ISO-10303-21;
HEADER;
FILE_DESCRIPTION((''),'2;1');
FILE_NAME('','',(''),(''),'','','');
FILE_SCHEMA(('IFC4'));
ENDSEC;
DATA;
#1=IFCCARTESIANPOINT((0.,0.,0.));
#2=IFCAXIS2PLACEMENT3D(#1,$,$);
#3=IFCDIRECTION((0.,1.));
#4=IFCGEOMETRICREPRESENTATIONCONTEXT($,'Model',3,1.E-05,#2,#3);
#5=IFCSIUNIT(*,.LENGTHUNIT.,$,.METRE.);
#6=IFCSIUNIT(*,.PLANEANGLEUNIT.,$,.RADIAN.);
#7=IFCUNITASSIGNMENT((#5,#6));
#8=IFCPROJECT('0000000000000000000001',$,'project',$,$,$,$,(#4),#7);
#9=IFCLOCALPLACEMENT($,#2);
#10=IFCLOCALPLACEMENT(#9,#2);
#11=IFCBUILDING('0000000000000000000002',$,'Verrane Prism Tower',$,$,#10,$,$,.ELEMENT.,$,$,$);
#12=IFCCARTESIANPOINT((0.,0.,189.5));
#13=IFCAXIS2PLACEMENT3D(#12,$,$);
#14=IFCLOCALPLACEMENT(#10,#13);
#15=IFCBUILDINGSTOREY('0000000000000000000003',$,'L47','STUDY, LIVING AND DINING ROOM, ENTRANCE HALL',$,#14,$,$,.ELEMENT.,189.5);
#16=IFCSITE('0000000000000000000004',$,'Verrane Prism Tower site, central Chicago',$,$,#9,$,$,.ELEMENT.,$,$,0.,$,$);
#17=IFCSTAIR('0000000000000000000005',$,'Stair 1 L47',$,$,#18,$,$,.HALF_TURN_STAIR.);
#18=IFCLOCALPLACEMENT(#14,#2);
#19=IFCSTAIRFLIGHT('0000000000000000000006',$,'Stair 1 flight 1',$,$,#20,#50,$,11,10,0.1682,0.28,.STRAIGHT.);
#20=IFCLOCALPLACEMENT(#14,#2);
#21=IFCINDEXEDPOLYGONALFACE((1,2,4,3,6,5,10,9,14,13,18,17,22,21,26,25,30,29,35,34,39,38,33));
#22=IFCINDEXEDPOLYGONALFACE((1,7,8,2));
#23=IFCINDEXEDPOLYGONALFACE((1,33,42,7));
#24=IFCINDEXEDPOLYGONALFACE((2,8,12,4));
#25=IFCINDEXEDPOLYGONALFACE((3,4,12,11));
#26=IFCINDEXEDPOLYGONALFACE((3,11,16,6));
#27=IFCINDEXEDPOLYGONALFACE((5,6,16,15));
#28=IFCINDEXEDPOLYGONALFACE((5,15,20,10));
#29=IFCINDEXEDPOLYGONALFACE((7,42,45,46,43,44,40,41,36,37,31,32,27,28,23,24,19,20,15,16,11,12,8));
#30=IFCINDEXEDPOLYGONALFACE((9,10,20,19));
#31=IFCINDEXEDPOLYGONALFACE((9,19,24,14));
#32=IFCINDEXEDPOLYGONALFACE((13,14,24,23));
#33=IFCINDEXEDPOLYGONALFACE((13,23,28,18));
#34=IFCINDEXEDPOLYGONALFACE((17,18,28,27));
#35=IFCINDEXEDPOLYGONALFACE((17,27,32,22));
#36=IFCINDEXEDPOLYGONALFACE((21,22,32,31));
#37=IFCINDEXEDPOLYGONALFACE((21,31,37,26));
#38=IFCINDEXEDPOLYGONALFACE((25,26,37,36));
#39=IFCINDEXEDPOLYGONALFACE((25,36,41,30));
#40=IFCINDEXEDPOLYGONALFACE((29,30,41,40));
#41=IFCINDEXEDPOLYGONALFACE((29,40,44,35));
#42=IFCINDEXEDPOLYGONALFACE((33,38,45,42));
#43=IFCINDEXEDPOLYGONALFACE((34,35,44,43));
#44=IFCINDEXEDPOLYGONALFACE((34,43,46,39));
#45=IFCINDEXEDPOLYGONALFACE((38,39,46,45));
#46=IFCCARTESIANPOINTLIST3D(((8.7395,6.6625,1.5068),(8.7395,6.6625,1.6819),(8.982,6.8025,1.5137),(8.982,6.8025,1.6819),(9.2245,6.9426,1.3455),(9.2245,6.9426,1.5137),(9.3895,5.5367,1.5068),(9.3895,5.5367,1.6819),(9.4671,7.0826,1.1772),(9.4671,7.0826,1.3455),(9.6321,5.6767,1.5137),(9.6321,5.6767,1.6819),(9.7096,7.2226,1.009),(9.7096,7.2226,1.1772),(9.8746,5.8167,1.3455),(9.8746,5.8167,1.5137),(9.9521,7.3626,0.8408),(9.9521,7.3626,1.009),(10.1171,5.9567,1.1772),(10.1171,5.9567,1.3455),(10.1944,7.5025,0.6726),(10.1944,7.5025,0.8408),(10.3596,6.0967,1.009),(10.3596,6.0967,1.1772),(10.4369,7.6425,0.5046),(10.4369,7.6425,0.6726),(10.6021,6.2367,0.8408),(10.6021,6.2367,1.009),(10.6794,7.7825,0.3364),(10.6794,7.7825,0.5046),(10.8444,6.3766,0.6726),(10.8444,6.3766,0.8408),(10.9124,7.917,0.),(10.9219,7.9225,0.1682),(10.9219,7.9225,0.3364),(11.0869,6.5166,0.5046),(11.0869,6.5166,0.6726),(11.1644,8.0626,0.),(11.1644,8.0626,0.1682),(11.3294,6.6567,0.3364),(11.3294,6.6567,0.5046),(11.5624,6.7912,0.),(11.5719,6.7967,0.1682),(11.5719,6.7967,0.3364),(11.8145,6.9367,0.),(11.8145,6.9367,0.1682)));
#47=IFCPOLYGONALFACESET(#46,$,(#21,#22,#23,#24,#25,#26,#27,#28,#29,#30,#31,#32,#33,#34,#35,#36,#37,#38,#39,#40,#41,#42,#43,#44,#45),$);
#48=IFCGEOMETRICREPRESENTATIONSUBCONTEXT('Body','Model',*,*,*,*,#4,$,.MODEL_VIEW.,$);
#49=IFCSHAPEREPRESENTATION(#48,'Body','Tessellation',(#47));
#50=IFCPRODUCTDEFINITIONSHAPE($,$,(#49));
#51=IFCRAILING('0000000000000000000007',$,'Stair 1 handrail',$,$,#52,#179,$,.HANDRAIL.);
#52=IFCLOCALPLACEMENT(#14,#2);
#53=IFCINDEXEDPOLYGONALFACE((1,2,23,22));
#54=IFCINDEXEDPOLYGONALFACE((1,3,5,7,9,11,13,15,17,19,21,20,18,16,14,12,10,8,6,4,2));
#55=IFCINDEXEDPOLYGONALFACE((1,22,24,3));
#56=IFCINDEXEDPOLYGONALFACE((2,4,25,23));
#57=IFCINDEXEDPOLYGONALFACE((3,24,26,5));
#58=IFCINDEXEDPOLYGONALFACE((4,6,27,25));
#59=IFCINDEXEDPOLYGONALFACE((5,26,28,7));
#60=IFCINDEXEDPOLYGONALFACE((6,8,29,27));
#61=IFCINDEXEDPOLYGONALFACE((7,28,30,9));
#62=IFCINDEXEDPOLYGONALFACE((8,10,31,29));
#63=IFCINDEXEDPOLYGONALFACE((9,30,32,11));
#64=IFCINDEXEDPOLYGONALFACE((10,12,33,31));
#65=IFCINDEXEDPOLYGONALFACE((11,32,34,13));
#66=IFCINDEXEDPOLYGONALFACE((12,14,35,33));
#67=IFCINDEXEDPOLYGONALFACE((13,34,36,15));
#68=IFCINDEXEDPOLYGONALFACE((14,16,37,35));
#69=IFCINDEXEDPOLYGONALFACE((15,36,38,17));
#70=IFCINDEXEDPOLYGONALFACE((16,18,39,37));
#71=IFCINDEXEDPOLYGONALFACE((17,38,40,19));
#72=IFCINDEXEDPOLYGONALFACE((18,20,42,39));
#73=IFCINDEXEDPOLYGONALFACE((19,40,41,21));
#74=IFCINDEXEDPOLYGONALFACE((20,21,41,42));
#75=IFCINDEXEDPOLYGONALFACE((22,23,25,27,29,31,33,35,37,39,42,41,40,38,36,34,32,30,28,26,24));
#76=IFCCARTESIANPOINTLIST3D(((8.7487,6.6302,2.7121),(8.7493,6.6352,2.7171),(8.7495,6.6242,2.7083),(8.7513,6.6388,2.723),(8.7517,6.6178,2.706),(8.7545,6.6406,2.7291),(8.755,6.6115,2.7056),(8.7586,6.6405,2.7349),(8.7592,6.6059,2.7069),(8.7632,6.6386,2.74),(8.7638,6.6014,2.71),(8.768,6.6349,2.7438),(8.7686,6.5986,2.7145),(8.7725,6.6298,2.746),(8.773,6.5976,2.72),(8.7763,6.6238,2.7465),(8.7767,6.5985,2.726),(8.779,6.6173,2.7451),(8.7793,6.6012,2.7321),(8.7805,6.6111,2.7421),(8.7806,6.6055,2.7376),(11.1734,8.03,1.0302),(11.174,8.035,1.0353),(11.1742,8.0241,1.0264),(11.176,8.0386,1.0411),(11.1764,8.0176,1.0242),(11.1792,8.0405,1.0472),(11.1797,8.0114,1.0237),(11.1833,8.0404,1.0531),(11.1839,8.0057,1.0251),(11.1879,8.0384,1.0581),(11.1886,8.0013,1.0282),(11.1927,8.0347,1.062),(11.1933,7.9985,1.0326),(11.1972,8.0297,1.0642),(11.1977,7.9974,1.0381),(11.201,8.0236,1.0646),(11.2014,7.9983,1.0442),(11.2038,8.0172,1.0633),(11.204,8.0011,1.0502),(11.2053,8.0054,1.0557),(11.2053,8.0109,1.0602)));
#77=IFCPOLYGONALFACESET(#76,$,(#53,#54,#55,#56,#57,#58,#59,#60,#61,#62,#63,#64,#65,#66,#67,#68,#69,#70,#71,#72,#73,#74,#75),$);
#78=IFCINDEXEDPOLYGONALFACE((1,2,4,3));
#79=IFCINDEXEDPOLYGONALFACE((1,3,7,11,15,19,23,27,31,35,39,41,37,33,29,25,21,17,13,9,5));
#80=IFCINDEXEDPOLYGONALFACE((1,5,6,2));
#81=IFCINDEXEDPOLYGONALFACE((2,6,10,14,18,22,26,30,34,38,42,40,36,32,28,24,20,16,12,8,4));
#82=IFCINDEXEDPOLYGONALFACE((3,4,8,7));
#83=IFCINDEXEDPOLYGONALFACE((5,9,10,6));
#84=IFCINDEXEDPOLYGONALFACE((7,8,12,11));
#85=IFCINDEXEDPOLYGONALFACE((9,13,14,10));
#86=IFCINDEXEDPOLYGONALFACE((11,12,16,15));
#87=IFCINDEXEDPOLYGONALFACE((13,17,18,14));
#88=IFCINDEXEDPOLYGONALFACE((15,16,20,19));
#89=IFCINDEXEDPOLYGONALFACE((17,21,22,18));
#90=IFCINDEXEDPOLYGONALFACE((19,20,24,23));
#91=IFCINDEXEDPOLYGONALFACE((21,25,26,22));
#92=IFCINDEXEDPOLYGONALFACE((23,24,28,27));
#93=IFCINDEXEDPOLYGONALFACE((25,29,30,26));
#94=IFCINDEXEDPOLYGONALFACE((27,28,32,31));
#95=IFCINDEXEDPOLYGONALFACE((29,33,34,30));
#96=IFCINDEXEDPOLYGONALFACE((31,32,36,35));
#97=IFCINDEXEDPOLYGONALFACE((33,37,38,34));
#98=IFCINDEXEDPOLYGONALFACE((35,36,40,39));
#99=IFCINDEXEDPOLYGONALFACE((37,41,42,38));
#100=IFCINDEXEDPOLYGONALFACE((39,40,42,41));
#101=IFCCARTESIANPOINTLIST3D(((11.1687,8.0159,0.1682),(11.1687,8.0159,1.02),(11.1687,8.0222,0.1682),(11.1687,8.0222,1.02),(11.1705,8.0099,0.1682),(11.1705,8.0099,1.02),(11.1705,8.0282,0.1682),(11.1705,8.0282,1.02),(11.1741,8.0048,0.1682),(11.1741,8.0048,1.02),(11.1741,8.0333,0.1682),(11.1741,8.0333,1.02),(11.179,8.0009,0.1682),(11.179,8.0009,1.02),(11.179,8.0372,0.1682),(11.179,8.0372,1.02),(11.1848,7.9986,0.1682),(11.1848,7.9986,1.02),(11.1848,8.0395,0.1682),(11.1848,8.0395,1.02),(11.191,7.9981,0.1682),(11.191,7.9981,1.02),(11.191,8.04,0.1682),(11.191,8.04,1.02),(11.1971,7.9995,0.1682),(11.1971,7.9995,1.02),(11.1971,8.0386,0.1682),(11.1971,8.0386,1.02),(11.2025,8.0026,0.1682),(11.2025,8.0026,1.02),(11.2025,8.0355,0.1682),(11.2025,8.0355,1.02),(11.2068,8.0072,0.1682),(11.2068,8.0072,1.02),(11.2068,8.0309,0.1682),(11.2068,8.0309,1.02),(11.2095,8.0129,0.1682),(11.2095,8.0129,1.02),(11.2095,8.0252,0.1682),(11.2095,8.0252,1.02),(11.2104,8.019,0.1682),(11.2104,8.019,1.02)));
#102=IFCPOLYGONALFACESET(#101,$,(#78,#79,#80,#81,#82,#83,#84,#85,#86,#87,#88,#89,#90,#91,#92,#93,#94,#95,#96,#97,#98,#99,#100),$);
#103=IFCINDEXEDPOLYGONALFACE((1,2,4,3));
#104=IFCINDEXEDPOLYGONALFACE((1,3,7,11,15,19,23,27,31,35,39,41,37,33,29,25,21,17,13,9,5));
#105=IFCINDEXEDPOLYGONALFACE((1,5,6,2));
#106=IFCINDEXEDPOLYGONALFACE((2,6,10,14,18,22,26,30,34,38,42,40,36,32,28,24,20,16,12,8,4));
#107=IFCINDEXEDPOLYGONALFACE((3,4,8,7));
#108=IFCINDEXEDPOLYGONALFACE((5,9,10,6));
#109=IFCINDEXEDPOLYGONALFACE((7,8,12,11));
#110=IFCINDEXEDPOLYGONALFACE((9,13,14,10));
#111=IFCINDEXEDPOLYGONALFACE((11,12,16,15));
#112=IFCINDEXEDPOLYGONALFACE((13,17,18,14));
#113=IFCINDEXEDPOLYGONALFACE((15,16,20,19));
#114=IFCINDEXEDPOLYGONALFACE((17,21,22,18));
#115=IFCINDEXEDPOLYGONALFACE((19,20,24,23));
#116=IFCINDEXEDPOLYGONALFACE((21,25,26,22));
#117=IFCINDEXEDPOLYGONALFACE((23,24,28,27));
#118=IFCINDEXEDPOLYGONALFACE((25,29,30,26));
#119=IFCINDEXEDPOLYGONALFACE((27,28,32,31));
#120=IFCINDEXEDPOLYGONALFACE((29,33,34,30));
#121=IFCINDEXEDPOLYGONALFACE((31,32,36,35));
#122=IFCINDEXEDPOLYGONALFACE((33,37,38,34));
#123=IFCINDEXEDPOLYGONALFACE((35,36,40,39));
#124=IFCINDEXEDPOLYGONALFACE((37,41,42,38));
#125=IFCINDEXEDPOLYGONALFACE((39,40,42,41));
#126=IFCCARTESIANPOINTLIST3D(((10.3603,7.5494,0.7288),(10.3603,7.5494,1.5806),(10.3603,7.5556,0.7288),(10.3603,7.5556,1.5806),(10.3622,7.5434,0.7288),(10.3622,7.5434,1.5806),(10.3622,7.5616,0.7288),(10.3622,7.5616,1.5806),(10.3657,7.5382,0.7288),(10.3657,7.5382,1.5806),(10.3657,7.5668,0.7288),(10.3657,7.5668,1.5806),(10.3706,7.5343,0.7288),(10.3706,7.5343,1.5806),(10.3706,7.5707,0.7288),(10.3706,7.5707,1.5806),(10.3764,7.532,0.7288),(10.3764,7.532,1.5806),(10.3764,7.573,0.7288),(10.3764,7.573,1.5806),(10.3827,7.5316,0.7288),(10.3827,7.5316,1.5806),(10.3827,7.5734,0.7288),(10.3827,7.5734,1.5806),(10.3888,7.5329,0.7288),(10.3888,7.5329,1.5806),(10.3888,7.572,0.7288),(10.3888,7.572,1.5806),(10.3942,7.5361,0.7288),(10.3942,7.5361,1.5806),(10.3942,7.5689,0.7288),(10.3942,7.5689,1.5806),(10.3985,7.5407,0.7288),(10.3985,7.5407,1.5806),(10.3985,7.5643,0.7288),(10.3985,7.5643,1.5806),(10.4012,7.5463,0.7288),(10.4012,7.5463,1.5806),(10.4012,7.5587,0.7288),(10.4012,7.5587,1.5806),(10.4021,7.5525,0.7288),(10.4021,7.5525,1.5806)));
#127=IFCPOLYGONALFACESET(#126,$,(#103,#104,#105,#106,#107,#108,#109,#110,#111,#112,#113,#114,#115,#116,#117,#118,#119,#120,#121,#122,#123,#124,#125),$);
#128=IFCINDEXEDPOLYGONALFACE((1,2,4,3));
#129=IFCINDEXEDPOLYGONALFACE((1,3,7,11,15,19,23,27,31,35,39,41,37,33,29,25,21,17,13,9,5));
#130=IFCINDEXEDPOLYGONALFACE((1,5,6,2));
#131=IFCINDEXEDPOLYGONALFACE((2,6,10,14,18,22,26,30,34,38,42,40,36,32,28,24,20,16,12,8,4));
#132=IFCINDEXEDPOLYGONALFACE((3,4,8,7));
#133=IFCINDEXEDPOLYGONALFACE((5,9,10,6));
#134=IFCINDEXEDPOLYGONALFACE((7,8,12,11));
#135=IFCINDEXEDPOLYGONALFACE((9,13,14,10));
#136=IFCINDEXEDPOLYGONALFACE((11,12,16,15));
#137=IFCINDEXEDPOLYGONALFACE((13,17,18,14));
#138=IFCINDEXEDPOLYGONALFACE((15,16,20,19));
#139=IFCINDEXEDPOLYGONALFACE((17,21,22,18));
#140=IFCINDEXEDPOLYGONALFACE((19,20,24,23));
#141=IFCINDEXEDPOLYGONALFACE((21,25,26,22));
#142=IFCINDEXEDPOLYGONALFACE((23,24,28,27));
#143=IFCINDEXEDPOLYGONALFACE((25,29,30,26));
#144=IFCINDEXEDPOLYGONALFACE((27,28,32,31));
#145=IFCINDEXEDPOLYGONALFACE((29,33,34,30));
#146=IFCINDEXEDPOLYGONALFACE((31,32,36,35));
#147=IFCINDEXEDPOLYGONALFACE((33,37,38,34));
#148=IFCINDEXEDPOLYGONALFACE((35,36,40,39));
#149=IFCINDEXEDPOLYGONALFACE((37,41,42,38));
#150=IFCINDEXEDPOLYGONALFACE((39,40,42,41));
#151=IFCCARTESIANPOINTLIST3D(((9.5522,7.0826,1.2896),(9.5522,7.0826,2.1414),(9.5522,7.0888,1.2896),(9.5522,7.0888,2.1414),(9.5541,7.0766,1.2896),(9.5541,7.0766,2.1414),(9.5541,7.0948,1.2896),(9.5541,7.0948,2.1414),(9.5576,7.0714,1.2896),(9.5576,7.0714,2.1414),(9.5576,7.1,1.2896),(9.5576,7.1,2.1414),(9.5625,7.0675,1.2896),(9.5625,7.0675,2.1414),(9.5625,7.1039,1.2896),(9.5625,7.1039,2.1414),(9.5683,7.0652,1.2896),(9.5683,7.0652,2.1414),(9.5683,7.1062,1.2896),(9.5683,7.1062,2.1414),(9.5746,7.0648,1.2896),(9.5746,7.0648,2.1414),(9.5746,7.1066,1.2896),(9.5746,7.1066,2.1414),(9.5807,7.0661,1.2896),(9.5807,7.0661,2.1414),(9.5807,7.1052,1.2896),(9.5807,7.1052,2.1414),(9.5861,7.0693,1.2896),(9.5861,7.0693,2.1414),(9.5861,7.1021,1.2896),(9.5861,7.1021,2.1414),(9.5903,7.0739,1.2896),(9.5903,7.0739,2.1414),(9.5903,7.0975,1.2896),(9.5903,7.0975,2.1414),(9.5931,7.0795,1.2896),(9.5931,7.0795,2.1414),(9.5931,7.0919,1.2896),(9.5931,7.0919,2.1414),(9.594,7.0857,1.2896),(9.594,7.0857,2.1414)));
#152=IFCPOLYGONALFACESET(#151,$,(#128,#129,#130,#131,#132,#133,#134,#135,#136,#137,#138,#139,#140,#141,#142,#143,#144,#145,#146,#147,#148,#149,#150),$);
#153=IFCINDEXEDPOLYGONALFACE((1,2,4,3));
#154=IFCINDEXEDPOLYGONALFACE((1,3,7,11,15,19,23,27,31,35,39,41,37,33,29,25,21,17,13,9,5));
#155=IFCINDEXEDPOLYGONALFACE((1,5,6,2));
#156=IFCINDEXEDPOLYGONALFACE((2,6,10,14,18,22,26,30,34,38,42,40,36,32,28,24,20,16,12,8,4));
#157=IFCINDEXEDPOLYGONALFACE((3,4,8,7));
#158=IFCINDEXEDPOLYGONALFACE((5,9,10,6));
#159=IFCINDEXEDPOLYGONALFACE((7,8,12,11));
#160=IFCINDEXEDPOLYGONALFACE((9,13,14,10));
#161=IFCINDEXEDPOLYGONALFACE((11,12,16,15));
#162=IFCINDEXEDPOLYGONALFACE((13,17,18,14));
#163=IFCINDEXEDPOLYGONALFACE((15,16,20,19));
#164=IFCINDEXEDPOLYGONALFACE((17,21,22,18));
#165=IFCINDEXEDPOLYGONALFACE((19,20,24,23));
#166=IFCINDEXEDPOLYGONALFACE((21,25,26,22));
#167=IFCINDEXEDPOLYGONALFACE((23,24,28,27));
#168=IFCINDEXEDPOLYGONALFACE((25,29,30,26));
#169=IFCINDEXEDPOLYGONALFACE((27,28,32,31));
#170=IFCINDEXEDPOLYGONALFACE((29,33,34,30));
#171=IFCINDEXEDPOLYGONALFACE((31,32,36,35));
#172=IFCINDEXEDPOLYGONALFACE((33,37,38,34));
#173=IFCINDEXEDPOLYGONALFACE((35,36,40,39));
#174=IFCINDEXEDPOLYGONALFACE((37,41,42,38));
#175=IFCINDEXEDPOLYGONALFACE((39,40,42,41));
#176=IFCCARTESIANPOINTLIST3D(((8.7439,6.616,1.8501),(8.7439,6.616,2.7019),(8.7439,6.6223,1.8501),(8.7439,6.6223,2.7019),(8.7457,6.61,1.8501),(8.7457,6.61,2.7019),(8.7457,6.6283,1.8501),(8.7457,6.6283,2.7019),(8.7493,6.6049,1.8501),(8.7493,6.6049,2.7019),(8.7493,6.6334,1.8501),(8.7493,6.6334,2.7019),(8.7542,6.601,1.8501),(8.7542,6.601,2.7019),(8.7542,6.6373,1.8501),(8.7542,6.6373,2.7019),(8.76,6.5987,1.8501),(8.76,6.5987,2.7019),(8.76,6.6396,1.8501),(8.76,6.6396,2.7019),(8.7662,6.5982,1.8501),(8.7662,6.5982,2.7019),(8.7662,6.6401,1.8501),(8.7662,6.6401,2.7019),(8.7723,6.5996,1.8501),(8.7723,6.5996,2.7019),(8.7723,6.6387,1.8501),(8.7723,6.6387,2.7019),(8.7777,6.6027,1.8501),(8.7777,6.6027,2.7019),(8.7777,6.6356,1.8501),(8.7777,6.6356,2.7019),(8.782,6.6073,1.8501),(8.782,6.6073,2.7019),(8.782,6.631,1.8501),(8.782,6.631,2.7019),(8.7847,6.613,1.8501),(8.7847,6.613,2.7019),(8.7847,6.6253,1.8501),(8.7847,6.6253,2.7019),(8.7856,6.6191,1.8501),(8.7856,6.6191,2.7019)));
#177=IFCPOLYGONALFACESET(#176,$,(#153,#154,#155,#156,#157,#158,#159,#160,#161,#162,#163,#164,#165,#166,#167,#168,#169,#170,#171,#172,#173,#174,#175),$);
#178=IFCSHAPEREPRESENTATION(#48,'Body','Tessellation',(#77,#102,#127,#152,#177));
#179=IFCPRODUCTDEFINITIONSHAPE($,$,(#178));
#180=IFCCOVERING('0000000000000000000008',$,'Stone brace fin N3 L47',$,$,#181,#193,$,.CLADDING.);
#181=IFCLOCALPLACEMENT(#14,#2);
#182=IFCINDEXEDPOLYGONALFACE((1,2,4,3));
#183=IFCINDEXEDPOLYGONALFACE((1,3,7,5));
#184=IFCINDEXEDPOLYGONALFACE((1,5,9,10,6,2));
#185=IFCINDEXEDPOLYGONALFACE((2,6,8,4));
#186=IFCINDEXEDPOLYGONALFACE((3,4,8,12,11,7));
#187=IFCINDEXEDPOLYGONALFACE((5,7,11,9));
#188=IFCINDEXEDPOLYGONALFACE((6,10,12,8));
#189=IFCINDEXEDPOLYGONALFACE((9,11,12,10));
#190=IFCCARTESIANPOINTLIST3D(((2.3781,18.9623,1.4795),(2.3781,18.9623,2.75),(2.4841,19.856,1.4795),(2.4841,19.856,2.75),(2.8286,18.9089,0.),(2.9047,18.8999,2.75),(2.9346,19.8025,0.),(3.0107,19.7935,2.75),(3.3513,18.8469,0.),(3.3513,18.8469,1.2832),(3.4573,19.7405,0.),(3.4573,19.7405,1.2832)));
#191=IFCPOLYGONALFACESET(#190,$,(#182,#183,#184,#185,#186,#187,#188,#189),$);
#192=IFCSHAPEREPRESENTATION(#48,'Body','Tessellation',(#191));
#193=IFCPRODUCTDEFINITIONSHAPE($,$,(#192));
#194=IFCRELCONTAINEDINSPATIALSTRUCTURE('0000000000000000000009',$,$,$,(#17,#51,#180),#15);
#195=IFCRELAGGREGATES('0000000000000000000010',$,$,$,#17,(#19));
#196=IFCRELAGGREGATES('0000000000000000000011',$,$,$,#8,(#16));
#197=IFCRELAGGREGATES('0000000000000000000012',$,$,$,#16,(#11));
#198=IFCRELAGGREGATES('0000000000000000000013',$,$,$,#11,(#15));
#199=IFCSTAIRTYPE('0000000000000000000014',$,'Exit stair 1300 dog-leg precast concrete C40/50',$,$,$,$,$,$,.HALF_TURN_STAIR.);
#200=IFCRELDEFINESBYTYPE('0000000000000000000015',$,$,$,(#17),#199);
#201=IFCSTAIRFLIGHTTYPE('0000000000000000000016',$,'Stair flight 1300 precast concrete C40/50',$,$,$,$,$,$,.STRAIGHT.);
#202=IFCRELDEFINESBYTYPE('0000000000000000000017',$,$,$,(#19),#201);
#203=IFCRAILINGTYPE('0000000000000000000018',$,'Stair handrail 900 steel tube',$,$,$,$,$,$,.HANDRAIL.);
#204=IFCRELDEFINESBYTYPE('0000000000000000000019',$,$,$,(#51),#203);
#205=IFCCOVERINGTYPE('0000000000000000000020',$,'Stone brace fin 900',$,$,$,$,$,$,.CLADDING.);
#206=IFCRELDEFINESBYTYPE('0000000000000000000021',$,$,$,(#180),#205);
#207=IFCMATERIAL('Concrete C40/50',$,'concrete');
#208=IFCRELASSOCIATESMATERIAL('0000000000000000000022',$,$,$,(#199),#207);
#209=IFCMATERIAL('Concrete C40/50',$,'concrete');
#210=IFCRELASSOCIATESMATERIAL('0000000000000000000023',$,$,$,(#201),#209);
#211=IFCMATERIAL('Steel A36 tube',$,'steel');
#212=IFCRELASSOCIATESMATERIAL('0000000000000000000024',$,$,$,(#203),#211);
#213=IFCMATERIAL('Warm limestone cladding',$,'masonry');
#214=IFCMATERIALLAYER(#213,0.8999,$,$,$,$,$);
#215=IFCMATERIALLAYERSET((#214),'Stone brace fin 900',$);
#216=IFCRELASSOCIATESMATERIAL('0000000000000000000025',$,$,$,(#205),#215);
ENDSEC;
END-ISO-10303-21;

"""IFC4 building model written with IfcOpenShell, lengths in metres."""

from ifc_helpers import new_model, si_unit, direction, frame, origin, origin_2d, place, context, subcontext, project, spatial, polyline, circle, outline, extrude, material, layer, layer_set, type_object, element, aggregate, save


model = new_model("IFC4")

# Units and contexts
model_context = context("Model", 3, precision=1e-05, world=origin(), true_north=direction((0.0, 1.0)))
body_context = subcontext(model_context, "Body", "Model", "MODEL_VIEW")
ifc_project = project(units=[si_unit("LENGTHUNIT", "METRE"), si_unit("PLANEANGLEUNIT", "RADIAN")], contexts=[model_context])

# Site, building, storey
site_placement = place(None, origin())
site = spatial("IfcSite", under=ifc_project, at=site_placement, Name="Verrane Prism Tower site, central Chicago", CompositionType="ELEMENT", RefElevation=0.0)
building_placement = place(site_placement, origin())
building = spatial("IfcBuilding", under=site, at=building_placement, Name="Verrane Prism Tower", CompositionType="ELEMENT")
storey_placement = place(building_placement, frame((0.0, 0.0, 189.5)))
storey = spatial("IfcBuildingStorey", under=building, at=storey_placement, Name="L47", Description="STUDY, LIVING AND DINING ROOM, ENTRANCE HALL", CompositionType="ELEMENT", Elevation=189.5)

# Stair, stair flight
ifc_material_1 = material(Name="Concrete C40/50", Category="concrete")
stair_type = type_object("IfcStairType", Name="Exit stair 1300 dog-leg precast concrete C40/50", PredefinedType="HALF_TURN_STAIR", material=ifc_material_1)
stair_placement = place(storey_placement, origin())
stair = element("IfcStair", 1, at=stair_placement, inside=storey, type_object=stair_type, Name="Stair 1 L47", PredefinedType="HALF_TURN_STAIR")
ifc_material_2 = material(Name="Concrete C40/50", Category="concrete")
stair_flight_type = type_object("IfcStairFlightType", Name="Stair flight 1300 precast concrete C40/50", PredefinedType="STRAIGHT", material=ifc_material_2)
stair_flight_placement = place(storey_placement, frame((11.4895, 7.4995, 0.0), z_axis=(0.0, 0.0, 1.0), x_axis=(-0.866025, -0.5, 0.0)))
stair_flight = element("IfcStairFlight", 2, at=stair_flight_placement, type_object=stair_flight_type, Name="Stair 1 flight 1", NumberOfRisers=11, NumberOfTreads=10, PredefinedType="STRAIGHT", RiserHeight=0.1682, TreadLength=0.28, context=body_context, shape_type="SweptSolid", body=[
    extrude(outline(polyline([(0.0, 0.0), (0.0, 0.1682), (0.28, 0.1682), (0.28, 0.3364), (0.5601, 0.3364), (0.5601, 0.5046), (0.8401, 0.5046), (0.8401, 0.6726), (1.1201, 0.6726), (1.1201, 0.8408), (1.3999, 0.8408), (1.3999, 1.009), (1.6799, 1.009), (1.6799, 1.1772), (1.96, 1.1772), (1.96, 1.3455), (2.24, 1.3455), (2.24, 1.5137), (2.52, 1.5137), (2.52, 1.6819), (2.8, 1.6819), (2.8, 1.8501), (2.8, 1.5068), (0.291, 0.0), (0.0, 0.0)])), frame((0.0, 0.6499, 0.0), z_axis=(0.0, -1.0, 0.0), x_axis=(1.0, 0.0, 0.0)), (0.0, 0.0, 1.0), 1.3),
])
aggregate(stair, [stair_flight])

# Railing
ifc_material_3 = material(Name="Steel A36 tube", Category="steel")
railing_type_1 = type_object("IfcRailingType", Name="Stair handrail 900 steel tube", PredefinedType="HANDRAIL", material=ifc_material_3)
railing_1_placement = place(storey_placement, frame((11.1895, 8.019, 0.1682)))
element("IfcRailing", 3, at=railing_1_placement, inside=storey, type_object=railing_type_1, Name="Stair 1 handrail", PredefinedType="HANDRAIL", context=body_context, shape_type="SweptSolid", body=[
    extrude(circle(Radius=0.0239, at=origin_2d()), frame((0.0, 0.0, 0.876), z_axis=(-0.74239, -0.428601, 0.514934), x_axis=(0.499984, -0.866035, 0.0)), (0.0, 0.0, 1.0), 3.2661),
    extrude(circle(Radius=0.021, at=origin_2d()), origin(), (0.0, 0.0, 1.0), 0.8518),
    extrude(circle(Radius=0.021, at=origin_2d()), frame((-0.8083, -0.4666, 0.5605)), (0.0, 0.0, 1.0), 0.8518),
    extrude(circle(Radius=0.021, at=origin_2d()), frame((-1.6165, -0.9333, 1.1213)), (0.0, 0.0, 1.0), 0.8518),
    extrude(circle(Radius=0.021, at=origin_2d()), frame((-2.4248, -1.3999, 1.6819)), (0.0, 0.0, 1.0), 0.8518),
])

# Covering
ifc_material_4 = material(Name="Warm limestone cladding", Category="masonry")
ifc_layer_1 = layer(ifc_material_4, 0.8999)
ifc_layer_set_1 = layer_set([ifc_layer_1], Name="Stone brace fin 900")
covering_type = type_object("IfcCoveringType", Name="Stone brace fin 900", PredefinedType="CLADDING", material=ifc_layer_set_1)
covering_placement = place(storey_placement, frame((3.4043, 19.2937, 0.0), z_axis=(0.0, 0.0, 1.0), x_axis=(-0.993036, 0.117809, 0.0)))
element("IfcCovering", 4, at=covering_placement, inside=storey, type_object=covering_type, Name="Stone brace fin N3 L47", PredefinedType="CLADDING", context=body_context, shape_type="SweptSolid", body=[
    extrude(outline(polyline([(0.98, 2.75), (0.4497, 2.75), (0.0, 1.2832), (0.0, 0.0), (0.5264, 0.0), (0.98, 1.4795), (0.98, 2.75)])), frame((0.0, 0.45, 0.0), z_axis=(0.0, -1.0, 0.0), x_axis=(1.0, 0.0, 0.0)), (0.0, 0.0, 1.0), 0.8999),
])

save(model, "model.ifc")
